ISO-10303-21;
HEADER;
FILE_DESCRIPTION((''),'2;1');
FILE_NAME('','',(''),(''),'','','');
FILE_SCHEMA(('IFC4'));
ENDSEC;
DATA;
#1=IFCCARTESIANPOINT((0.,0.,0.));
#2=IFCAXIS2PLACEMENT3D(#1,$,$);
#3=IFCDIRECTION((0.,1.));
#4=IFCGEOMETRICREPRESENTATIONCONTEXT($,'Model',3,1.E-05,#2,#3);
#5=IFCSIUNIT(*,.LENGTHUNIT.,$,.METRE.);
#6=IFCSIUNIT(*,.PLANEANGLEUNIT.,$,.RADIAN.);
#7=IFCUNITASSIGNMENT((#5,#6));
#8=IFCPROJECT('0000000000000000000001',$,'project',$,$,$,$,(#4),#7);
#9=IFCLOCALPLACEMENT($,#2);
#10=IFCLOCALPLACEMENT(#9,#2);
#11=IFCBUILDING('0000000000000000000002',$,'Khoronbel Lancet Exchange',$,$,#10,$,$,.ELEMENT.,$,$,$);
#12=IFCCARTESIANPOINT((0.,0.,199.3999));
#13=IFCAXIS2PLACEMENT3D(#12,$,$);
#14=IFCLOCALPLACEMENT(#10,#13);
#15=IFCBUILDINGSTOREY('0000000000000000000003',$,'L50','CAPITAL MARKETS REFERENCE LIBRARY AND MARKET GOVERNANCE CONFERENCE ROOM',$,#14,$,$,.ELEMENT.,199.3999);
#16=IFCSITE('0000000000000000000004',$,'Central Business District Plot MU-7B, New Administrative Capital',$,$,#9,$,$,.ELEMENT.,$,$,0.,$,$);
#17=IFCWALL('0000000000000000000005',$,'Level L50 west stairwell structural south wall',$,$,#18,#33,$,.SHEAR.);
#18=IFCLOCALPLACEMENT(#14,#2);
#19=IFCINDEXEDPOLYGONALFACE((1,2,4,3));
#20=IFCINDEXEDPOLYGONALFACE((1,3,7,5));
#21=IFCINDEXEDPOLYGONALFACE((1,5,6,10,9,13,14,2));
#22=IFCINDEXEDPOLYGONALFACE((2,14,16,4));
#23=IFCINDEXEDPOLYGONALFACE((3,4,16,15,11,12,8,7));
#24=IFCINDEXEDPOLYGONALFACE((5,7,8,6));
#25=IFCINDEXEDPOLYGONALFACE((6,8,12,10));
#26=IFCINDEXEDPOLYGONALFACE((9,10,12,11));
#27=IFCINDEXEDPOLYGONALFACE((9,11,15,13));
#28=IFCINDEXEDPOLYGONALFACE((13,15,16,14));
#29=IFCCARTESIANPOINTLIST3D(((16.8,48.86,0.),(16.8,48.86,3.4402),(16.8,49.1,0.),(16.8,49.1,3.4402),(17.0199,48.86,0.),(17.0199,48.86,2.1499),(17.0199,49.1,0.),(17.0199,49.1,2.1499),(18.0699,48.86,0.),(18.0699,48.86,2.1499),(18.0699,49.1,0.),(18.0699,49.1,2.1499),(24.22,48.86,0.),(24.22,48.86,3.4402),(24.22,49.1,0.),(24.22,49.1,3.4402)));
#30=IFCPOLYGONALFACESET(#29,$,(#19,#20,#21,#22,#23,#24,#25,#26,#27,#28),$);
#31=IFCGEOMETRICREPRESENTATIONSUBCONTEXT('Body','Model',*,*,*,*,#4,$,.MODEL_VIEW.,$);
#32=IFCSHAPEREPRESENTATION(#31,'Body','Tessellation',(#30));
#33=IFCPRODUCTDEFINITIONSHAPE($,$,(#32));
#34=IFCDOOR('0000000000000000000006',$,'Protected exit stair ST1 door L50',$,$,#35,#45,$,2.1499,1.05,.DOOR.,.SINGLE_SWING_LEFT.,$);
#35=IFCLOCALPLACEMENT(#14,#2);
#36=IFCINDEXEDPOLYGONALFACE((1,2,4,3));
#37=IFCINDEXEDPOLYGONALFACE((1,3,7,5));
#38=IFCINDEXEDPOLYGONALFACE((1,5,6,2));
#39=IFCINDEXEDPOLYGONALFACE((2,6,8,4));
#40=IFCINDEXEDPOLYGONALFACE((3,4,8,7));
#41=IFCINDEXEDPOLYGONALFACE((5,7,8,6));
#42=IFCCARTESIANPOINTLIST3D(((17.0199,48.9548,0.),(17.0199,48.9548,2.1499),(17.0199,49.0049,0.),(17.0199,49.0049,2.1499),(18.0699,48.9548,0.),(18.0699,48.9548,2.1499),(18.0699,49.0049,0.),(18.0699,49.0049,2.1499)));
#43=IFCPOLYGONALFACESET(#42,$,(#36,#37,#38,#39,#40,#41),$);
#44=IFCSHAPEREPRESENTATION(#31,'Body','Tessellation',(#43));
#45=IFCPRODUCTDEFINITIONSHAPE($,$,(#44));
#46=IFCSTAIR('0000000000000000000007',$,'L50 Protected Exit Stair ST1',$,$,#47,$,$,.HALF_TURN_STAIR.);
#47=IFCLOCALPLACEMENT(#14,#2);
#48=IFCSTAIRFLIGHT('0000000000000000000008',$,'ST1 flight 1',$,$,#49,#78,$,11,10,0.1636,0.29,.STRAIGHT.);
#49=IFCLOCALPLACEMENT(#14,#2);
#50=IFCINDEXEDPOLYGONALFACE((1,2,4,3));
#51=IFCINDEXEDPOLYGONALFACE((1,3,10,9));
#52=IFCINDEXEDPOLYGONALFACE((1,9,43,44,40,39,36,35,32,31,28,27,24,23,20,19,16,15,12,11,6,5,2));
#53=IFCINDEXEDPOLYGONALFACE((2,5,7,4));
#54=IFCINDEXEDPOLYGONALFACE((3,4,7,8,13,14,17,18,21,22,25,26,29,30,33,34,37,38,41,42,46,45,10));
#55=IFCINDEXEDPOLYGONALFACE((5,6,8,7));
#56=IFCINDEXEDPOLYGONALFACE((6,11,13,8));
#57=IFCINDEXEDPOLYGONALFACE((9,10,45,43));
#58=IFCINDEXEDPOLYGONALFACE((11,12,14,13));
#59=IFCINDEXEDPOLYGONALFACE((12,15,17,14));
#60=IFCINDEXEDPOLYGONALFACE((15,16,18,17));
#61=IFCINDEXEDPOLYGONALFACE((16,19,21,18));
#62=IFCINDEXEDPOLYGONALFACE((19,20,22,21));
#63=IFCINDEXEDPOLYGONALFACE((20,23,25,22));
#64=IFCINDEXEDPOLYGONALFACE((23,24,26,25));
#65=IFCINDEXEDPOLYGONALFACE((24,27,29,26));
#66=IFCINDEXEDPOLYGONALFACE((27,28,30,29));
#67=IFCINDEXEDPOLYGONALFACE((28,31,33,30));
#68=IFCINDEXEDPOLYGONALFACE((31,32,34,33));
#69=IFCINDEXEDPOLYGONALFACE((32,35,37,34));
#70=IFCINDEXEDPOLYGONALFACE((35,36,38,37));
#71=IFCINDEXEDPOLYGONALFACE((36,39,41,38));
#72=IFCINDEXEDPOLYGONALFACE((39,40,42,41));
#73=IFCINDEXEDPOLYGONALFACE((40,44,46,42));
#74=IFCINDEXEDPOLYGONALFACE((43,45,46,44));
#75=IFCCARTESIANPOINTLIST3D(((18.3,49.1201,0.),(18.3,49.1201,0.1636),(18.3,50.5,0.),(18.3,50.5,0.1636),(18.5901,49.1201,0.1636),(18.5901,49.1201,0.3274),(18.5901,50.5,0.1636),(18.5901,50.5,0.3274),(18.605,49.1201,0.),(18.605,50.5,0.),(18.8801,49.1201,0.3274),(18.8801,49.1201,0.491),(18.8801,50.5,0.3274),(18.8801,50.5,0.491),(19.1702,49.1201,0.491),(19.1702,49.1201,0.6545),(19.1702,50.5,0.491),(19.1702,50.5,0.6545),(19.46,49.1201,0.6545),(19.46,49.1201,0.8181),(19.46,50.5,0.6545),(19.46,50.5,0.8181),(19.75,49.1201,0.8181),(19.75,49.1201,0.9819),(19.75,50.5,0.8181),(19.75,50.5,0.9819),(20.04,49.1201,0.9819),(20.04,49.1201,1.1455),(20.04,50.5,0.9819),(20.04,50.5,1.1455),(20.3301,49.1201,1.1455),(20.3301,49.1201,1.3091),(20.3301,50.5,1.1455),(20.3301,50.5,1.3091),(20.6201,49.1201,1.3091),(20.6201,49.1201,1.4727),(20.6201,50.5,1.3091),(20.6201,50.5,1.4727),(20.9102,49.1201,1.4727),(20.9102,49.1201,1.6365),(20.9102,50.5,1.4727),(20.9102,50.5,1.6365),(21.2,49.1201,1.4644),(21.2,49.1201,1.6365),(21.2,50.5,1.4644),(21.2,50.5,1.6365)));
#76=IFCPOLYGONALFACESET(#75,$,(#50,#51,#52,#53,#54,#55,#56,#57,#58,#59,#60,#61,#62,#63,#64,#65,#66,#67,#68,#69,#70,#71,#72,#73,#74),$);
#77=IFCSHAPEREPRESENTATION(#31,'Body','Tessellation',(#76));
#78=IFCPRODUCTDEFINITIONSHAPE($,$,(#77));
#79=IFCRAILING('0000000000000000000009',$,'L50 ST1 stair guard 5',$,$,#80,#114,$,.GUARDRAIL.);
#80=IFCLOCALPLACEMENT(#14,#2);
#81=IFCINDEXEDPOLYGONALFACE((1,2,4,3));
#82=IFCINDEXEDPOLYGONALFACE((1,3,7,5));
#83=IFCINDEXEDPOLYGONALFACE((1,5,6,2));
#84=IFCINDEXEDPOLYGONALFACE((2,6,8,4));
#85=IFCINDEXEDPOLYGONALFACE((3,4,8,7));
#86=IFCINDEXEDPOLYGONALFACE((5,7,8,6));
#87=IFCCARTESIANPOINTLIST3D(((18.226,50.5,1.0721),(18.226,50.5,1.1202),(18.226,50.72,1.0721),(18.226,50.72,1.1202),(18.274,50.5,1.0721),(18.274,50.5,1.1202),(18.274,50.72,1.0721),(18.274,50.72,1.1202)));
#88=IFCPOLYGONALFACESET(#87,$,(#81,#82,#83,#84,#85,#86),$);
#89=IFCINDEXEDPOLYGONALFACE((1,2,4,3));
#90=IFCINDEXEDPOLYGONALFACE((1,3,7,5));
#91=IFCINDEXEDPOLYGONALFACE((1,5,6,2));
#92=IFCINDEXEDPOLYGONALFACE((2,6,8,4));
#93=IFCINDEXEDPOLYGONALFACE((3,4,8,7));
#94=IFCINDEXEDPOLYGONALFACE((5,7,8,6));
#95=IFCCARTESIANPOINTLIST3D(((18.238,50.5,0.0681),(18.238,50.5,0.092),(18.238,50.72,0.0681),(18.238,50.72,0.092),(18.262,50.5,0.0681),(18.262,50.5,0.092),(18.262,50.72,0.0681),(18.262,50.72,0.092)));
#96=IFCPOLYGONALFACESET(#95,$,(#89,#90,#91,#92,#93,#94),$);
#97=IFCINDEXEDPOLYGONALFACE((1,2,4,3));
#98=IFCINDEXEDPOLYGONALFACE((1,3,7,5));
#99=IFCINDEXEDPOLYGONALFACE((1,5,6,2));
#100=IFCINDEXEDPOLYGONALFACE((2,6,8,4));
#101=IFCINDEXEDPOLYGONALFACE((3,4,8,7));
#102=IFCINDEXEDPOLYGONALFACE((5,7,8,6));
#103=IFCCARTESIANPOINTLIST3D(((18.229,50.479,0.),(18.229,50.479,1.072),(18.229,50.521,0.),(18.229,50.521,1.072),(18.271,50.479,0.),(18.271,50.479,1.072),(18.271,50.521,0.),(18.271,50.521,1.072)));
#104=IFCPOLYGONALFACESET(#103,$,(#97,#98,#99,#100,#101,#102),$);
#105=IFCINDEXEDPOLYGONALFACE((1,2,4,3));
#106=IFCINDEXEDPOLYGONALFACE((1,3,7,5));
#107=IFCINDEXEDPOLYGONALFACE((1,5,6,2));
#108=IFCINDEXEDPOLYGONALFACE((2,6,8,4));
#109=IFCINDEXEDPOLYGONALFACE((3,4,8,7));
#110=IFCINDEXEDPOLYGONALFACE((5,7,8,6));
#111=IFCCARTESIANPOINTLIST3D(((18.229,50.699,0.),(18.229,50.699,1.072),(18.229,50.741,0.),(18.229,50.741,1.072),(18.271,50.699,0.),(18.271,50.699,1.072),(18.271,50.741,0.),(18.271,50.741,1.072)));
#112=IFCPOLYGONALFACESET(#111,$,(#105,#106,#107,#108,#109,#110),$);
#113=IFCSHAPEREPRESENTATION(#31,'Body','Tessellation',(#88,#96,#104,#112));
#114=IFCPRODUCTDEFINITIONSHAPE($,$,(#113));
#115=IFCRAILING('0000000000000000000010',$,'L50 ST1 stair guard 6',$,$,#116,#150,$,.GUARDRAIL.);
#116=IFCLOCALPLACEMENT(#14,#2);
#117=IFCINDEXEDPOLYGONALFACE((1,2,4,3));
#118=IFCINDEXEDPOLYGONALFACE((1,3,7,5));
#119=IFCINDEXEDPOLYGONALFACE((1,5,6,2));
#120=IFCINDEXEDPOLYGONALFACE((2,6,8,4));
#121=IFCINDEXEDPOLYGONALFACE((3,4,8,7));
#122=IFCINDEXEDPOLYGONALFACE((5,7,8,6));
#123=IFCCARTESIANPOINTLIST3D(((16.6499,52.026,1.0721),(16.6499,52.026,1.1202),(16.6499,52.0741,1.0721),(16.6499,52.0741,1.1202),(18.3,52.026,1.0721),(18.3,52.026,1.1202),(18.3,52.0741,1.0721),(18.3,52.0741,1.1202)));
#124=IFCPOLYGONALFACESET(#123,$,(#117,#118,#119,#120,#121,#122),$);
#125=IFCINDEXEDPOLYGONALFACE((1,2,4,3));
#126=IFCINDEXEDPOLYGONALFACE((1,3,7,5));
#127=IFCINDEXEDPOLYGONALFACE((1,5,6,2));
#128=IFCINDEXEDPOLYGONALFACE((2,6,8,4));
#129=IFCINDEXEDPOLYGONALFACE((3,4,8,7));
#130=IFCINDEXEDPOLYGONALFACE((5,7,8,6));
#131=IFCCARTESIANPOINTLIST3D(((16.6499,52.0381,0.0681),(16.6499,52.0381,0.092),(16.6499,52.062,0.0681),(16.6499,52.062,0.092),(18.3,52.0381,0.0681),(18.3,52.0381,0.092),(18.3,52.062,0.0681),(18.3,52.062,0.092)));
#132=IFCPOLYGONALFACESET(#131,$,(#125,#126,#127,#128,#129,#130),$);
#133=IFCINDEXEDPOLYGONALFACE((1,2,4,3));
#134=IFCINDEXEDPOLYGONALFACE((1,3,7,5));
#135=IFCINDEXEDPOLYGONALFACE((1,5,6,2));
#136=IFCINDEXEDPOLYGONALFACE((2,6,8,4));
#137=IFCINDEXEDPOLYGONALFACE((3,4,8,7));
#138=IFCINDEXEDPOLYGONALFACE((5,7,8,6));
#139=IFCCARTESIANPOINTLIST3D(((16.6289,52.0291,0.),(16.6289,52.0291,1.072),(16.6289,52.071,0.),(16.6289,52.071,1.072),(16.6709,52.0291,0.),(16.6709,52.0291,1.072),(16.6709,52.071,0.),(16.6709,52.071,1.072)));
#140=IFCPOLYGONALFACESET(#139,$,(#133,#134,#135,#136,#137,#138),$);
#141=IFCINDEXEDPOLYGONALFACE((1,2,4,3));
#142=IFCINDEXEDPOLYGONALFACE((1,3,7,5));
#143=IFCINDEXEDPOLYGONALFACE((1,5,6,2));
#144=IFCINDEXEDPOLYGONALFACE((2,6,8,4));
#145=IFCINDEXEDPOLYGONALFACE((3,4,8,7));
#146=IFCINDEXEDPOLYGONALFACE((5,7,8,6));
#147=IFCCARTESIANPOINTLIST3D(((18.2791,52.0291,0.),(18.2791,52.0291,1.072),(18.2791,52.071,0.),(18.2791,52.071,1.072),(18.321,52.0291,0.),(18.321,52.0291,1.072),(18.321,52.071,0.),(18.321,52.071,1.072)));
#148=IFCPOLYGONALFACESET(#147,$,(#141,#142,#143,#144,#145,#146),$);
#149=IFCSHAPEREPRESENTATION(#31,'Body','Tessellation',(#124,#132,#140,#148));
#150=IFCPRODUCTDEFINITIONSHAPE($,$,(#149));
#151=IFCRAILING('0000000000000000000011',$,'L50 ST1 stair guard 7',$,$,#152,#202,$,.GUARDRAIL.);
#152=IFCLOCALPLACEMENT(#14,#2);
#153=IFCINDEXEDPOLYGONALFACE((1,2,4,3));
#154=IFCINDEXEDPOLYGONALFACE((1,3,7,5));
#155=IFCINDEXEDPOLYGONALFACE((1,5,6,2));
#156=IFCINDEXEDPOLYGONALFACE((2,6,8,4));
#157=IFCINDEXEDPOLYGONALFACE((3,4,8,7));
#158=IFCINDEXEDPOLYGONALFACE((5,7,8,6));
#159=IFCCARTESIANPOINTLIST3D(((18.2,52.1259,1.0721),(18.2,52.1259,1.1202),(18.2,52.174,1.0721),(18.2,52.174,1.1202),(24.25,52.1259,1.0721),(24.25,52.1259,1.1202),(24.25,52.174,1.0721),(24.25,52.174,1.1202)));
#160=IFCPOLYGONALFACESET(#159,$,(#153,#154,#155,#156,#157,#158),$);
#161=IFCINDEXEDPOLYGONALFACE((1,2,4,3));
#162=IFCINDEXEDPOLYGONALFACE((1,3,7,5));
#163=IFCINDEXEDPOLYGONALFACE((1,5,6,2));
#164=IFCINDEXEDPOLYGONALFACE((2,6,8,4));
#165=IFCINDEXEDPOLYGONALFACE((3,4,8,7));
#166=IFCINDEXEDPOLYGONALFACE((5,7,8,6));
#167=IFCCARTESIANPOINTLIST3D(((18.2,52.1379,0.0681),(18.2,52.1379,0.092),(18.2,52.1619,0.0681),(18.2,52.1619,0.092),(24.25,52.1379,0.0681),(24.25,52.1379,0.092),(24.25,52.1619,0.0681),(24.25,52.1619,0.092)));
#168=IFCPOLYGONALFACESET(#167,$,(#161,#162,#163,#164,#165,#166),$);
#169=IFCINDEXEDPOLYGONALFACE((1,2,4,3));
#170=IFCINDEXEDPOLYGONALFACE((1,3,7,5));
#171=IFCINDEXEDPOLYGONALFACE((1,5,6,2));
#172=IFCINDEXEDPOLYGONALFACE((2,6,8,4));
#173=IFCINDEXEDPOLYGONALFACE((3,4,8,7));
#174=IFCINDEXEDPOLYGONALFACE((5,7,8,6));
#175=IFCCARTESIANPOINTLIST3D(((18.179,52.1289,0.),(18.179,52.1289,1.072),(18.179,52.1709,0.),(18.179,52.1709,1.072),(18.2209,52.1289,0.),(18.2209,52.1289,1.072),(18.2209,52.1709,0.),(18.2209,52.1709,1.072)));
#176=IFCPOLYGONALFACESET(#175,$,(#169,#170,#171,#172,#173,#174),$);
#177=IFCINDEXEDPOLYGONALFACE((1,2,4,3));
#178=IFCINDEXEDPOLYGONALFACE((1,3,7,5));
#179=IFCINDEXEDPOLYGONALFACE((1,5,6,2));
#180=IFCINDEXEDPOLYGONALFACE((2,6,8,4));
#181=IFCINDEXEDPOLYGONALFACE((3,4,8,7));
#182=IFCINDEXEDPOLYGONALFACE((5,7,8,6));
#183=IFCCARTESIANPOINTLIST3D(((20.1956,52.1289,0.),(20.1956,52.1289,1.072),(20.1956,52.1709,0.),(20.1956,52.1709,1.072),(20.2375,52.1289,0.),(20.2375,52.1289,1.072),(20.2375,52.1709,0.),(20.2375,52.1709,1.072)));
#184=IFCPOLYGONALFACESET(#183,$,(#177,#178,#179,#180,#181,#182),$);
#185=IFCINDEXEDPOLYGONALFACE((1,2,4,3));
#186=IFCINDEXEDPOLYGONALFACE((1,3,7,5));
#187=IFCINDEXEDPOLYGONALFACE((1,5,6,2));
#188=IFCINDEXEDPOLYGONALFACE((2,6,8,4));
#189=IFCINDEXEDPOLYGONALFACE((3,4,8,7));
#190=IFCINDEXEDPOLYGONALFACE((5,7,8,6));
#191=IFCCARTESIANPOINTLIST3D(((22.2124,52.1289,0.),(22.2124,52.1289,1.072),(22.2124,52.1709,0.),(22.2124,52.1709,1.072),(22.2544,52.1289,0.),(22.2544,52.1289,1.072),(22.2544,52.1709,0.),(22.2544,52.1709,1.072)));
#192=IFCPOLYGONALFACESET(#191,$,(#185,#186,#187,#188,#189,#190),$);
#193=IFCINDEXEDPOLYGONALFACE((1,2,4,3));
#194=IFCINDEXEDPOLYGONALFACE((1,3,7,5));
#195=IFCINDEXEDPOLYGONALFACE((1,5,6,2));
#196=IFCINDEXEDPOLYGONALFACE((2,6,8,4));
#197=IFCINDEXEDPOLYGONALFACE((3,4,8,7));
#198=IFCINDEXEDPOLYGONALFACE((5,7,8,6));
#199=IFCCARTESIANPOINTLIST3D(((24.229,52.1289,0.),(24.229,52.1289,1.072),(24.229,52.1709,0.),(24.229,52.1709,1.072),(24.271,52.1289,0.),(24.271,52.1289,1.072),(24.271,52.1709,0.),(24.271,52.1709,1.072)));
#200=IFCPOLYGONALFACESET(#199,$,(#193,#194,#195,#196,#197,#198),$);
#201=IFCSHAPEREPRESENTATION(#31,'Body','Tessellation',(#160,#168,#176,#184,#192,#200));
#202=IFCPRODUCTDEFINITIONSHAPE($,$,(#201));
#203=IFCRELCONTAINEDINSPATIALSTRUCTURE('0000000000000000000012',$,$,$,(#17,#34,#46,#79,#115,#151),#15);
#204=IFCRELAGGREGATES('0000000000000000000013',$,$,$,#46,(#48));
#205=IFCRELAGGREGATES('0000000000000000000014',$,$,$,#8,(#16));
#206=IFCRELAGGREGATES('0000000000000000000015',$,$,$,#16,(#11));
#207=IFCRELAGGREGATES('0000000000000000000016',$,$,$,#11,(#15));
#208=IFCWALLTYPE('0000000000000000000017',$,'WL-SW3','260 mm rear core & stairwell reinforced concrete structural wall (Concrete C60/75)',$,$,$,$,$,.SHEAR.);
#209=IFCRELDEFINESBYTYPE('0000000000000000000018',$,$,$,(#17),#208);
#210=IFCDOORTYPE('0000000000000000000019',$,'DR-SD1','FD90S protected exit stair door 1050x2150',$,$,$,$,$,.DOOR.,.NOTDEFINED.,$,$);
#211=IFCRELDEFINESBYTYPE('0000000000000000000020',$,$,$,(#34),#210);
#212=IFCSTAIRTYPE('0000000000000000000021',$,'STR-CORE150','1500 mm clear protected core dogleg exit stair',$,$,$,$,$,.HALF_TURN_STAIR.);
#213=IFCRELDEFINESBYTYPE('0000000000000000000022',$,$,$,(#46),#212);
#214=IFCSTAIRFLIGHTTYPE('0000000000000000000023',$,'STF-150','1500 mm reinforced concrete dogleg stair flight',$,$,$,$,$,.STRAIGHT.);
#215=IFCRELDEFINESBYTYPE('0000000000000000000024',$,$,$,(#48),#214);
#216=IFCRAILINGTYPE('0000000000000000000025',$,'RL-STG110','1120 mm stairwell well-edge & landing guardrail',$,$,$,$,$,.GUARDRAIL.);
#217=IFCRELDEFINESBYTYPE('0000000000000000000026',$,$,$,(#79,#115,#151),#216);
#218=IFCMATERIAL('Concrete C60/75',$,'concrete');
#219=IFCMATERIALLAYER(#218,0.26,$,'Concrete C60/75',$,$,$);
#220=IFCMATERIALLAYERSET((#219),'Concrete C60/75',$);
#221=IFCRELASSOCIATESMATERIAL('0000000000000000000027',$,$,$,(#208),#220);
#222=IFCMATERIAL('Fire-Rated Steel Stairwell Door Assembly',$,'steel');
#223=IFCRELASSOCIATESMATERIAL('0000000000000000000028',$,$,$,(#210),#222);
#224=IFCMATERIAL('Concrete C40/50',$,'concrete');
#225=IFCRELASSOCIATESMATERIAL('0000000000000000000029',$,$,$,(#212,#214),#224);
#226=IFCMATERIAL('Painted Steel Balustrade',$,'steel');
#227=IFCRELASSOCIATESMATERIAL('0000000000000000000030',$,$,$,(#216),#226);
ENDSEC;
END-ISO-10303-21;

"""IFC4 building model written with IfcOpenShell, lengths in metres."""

from ifc_helpers import new_model, si_unit, direction, frame, frame_2d, origin, origin_2d, place, context, subcontext, project, spatial, polyline, rectangle, outline, extrude, material, layer, layer_set, type_object, element, fill, aggregate, save


model = new_model("IFC4")

# Units and contexts
model_context = context("Model", 3, precision=1e-05, world=origin(), true_north=direction((0.0, 1.0)))
body_context = subcontext(model_context, "Body", "Model", "MODEL_VIEW")
ifc_project = project(units=[si_unit("LENGTHUNIT", "METRE"), si_unit("PLANEANGLEUNIT", "RADIAN")], contexts=[model_context])

# Site, building, storey
site_placement = place(None, origin())
site = spatial("IfcSite", under=ifc_project, at=site_placement, Name="Central Business District Plot MU-7B, New Administrative Capital", CompositionType="ELEMENT", RefElevation=0.0)
building_placement = place(site_placement, origin())
building = spatial("IfcBuilding", under=site, at=building_placement, Name="Khoronbel Lancet Exchange", CompositionType="ELEMENT")
storey_placement = place(building_placement, frame((0.0, 0.0, 199.3999)))
storey = spatial("IfcBuildingStorey", under=building, at=storey_placement, Name="L50", Description="CAPITAL MARKETS REFERENCE LIBRARY AND MARKET GOVERNANCE CONFERENCE ROOM", CompositionType="ELEMENT", Elevation=199.3999)

# Shared definitions
ifc_material_1 = material(Name="Concrete C60/75", Category="concrete")

# Wall, opening, door
ifc_layer_1 = layer(ifc_material_1, 0.26, Name="Concrete C60/75")
ifc_layer_set_1 = layer_set([ifc_layer_1], Name="Concrete C60/75")
wall_type_1 = type_object("IfcWallType", Name="WL-SW3", Description="260 mm rear core & stairwell reinforced concrete structural wall (Concrete C60/75)", PredefinedType="SHEAR", material=ifc_layer_set_1)
wall_1_placement = place(storey_placement, frame((16.8, 48.98, 0.0), z_axis=(0.0, 0.0, 1.0), x_axis=(1.0, 0.0, 0.0)))
wall_1 = element("IfcWall", 1, at=wall_1_placement, inside=storey, type_object=wall_type_1, Name="Level L50 west stairwell structural south wall", PredefinedType="SHEAR", context=body_context, shape_type="SweptSolid", body=[
    extrude(rectangle(XDim=7.4199, YDim=0.24, at=frame_2d((3.71, 0.0))), origin(), (0.0, 0.0, 1.0), 3.4402),
])
opening_placement = place(wall_1_placement, frame((0.22, 0.0, 0.0)))
opening = element("IfcOpeningElement", 2, at=opening_placement, cuts=wall_1, PredefinedType="OPENING", context=body_context, shape_type="SweptSolid", body=[
    extrude(rectangle(XDim=1.05, YDim=2.1499, at=frame_2d((0.5249, 1.075))), frame((0.0, 0.1299, 0.0), z_axis=(0.0, -1.0, 0.0), x_axis=(1.0, 0.0, 0.0)), (0.0, 0.0, 1.0), 0.26),
])
ifc_material_2 = material(Name="Fire-Rated Steel Stairwell Door Assembly", Category="steel")
door_type = type_object("IfcDoorType", Name="DR-SD1", Description="FD90S protected exit stair door 1050x2150", OperationType="NOTDEFINED", PredefinedType="DOOR", material=ifc_material_2)
door_placement = place(opening_placement, origin())
door = element("IfcDoor", 3, at=door_placement, inside=storey, type_object=door_type, Name="Protected exit stair ST1 door L50", OperationType="SINGLE_SWING_LEFT", OverallHeight=2.1499, OverallWidth=1.05, PredefinedType="DOOR", context=body_context, shape_type="SweptSolid", body=[
    extrude(rectangle(XDim=1.05, YDim=2.1499, at=frame_2d((0.5249, 1.075))), frame((0.0, 0.0249, 0.0), z_axis=(0.0, -1.0, 0.0), x_axis=(1.0, 0.0, 0.0)), (0.0, 0.0, 1.0), 0.05),
])
fill(opening, door)

# Stair, stair flight
ifc_material_3 = material(Name="Concrete C40/50", Category="concrete")
stair_type = type_object("IfcStairType", Name="STR-CORE150", Description="1500 mm clear protected core dogleg exit stair", PredefinedType="HALF_TURN_STAIR", material=ifc_material_3)
stair_placement = place(storey_placement, origin())
stair = element("IfcStair", 4, at=stair_placement, inside=storey, type_object=stair_type, Name="L50 Protected Exit Stair ST1", PredefinedType="HALF_TURN_STAIR")
stair_flight_type = type_object("IfcStairFlightType", Name="STF-150", Description="1500 mm reinforced concrete dogleg stair flight", PredefinedType="STRAIGHT", material=ifc_material_3)
stair_flight_placement = place(storey_placement, frame((18.3, 49.8101, 0.0), z_axis=(0.0, 0.0, 1.0), x_axis=(1.0, 0.0, 0.0)))
stair_flight = element("IfcStairFlight", 5, at=stair_flight_placement, type_object=stair_flight_type, Name="ST1 flight 1", NumberOfRisers=11, NumberOfTreads=10, PredefinedType="STRAIGHT", RiserHeight=0.1636, TreadLength=0.29, context=body_context, shape_type="SweptSolid", body=[
    extrude(outline(polyline([(0.0, 0.0), (0.0, 0.1636), (0.29, 0.1636), (0.29, 0.3274), (0.5801, 0.3274), (0.5801, 0.491), (0.8701, 0.491), (0.8701, 0.6545), (1.1599, 0.6545), (1.1599, 0.8181), (1.45, 0.8181), (1.45, 0.9819), (1.74, 0.9819), (1.74, 1.1455), (2.03, 1.1455), (2.03, 1.3091), (2.3201, 1.3091), (2.3201, 1.4727), (2.6101, 1.4727), (2.6101, 1.6365), (2.8999, 1.6365), (2.8999, 1.8), (2.8999, 1.4644), (0.3049, 0.0), (0.0, 0.0)])), frame((0.0, 0.6899, 0.0), z_axis=(0.0, -1.0, 0.0), x_axis=(1.0, 0.0, 0.0)), (0.0, 0.0, 1.0), 1.3799),
])
aggregate(stair, [stair_flight])

# Railings
ifc_material_4 = material(Name="Painted Steel Balustrade", Category="steel")
railing_type_1 = type_object("IfcRailingType", Name="RL-STG110", Description="1120 mm stairwell well-edge & landing guardrail", PredefinedType="GUARDRAIL", material=ifc_material_4)
railing_1_placement = place(storey_placement, frame((18.25, 50.5, 0.0)))
element("IfcRailing", 6, at=railing_1_placement, inside=storey, type_object=railing_type_1, Name="L50 ST1 stair guard 5", PredefinedType="GUARDRAIL", context=body_context, shape_type="SweptSolid", body=[
    extrude(rectangle(XDim=0.0481, YDim=0.0481, at=origin_2d()), frame((0.0, 0.0, 1.0962), z_axis=(0.0, 1.0, 0.0), x_axis=(-1.0, 0.0, 0.0)), (0.0, 0.0, 1.0), 0.22),
    extrude(rectangle(XDim=0.0239, YDim=0.0239, at=origin_2d()), frame((0.0, 0.0, 0.0801), z_axis=(0.0, 1.0, 0.0), x_axis=(-1.0, 0.0, 0.0)), (0.0, 0.0, 1.0), 0.22),
    extrude(rectangle(XDim=0.042, YDim=0.042, at=origin_2d()), origin(), (0.0, 0.0, 1.0), 1.072),
    extrude(rectangle(XDim=0.042, YDim=0.042, at=origin_2d()), frame((0.0, 0.22, 0.0)), (0.0, 0.0, 1.0), 1.072),
])
railing_2_placement = place(storey_placement, frame((16.6499, 52.05, 0.0)))
element("IfcRailing", 7, at=railing_2_placement, inside=storey, type_object=railing_type_1, Name="L50 ST1 stair guard 6", PredefinedType="GUARDRAIL", context=body_context, shape_type="SweptSolid", body=[
    extrude(rectangle(XDim=0.0481, YDim=0.0481, at=origin_2d()), frame((0.0, 0.0, 1.0962), z_axis=(1.0, 0.0, 0.0), x_axis=(0.0, 1.0, 0.0)), (0.0, 0.0, 1.0), 1.6501),
    extrude(rectangle(XDim=0.0239, YDim=0.0239, at=origin_2d()), frame((0.0, 0.0, 0.0801), z_axis=(1.0, 0.0, 0.0), x_axis=(0.0, 1.0, 0.0)), (0.0, 0.0, 1.0), 1.6501),
    extrude(rectangle(XDim=0.042, YDim=0.042, at=origin_2d()), origin(), (0.0, 0.0, 1.0), 1.072),
    extrude(rectangle(XDim=0.042, YDim=0.042, at=origin_2d()), frame((1.6501, 0.0, 0.0)), (0.0, 0.0, 1.0), 1.072),
])
railing_3_placement = place(storey_placement, frame((18.2, 52.1499, 0.0)))
element("IfcRailing", 8, at=railing_3_placement, inside=storey, type_object=railing_type_1, Name="L50 ST1 stair guard 7", PredefinedType="GUARDRAIL", context=body_context, shape_type="SweptSolid", body=[
    extrude(rectangle(XDim=0.0481, YDim=0.0481, at=origin_2d()), frame((0.0, 0.0, 1.0962), z_axis=(1.0, 0.0, 0.0), x_axis=(0.0, 1.0, 0.0)), (0.0, 0.0, 1.0), 6.05),
    extrude(rectangle(XDim=0.0239, YDim=0.0239, at=origin_2d()), frame((0.0, 0.0, 0.0801), z_axis=(1.0, 0.0, 0.0), x_axis=(0.0, 1.0, 0.0)), (0.0, 0.0, 1.0), 6.05),
    extrude(rectangle(XDim=0.042, YDim=0.042, at=origin_2d()), origin(), (0.0, 0.0, 1.0), 1.072),
    extrude(rectangle(XDim=0.042, YDim=0.042, at=origin_2d()), frame((2.0166, 0.0, 0.0)), (0.0, 0.0, 1.0), 1.072),
    extrude(rectangle(XDim=0.042, YDim=0.042, at=origin_2d()), frame((4.0334, 0.0, 0.0)), (0.0, 0.0, 1.0), 1.072),
    extrude(rectangle(XDim=0.042, YDim=0.042, at=origin_2d()), frame((6.05, 0.0, 0.0)), (0.0, 0.0, 1.0), 1.072),
])

save(model, "model.ifc")
